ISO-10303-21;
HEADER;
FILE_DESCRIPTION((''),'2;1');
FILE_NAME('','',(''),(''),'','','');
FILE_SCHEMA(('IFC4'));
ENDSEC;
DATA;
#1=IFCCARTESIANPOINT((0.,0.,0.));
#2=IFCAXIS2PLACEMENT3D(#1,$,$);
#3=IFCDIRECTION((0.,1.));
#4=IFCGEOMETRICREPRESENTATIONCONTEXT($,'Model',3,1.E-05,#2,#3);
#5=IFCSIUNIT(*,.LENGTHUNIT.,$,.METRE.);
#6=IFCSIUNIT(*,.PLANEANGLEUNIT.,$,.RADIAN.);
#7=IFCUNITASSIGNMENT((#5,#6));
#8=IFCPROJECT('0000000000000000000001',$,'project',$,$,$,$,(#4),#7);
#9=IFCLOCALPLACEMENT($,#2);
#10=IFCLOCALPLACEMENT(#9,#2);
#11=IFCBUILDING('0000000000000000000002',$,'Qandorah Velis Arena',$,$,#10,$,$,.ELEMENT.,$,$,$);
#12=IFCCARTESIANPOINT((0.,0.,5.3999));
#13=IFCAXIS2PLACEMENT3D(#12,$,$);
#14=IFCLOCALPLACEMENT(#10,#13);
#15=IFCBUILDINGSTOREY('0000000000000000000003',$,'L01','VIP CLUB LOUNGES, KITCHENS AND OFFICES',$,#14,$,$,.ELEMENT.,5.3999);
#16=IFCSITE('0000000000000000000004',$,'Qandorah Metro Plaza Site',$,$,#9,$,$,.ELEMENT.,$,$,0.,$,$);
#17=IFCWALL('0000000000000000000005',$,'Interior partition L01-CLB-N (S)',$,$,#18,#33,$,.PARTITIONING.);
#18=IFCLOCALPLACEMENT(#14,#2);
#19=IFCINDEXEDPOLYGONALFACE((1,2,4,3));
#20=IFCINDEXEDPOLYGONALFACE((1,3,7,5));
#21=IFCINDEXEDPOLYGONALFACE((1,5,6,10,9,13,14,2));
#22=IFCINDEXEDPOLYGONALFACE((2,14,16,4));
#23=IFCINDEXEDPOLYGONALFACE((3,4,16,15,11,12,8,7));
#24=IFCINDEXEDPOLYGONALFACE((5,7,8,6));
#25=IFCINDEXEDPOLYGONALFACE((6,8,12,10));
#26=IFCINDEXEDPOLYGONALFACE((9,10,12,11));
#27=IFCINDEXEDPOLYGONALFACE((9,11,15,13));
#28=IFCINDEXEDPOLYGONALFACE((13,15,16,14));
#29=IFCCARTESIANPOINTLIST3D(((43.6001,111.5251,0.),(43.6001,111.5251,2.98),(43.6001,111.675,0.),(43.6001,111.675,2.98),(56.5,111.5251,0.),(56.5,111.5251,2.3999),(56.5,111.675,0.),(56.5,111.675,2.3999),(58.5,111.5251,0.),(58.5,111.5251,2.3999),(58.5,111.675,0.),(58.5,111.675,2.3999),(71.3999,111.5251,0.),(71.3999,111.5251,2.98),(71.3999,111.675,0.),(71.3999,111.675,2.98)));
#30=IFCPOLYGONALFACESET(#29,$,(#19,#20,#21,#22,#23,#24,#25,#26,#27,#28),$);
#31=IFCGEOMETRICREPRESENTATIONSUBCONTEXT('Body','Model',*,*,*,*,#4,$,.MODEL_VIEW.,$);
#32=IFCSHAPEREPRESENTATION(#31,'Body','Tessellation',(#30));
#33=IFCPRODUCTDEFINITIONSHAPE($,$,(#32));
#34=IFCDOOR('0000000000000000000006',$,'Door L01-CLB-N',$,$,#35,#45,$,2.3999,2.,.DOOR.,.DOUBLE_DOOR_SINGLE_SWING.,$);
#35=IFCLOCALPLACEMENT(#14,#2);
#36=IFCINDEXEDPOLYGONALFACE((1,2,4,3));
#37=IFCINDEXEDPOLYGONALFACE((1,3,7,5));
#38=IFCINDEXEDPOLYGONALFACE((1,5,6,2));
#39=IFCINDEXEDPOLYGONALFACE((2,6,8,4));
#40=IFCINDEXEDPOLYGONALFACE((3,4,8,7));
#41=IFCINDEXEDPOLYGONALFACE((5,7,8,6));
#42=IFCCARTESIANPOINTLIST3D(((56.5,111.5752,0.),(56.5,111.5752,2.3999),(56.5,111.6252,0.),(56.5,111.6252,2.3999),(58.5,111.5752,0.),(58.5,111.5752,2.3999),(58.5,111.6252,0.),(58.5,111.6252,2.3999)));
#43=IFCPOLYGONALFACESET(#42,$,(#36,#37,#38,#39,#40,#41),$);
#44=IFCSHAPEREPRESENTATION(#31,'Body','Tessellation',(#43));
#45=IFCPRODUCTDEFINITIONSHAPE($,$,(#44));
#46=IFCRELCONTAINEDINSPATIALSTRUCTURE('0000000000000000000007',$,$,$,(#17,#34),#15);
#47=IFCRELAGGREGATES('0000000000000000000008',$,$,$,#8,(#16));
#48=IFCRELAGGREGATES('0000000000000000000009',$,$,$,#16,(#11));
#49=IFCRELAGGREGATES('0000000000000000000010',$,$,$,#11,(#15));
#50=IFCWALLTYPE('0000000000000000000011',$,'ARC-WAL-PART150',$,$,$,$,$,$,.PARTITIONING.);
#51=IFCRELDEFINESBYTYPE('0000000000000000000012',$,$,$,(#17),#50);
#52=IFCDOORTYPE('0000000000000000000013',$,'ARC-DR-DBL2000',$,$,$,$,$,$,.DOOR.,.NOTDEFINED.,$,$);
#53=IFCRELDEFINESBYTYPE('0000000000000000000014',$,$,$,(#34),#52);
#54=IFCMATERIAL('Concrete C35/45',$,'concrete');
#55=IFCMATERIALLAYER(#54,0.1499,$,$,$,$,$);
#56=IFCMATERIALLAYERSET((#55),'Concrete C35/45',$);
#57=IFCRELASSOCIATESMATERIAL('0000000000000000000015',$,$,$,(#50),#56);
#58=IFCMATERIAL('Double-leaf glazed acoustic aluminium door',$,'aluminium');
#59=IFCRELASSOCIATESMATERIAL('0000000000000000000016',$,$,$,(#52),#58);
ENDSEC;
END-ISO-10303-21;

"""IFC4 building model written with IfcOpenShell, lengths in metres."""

from ifc_helpers import new_model, si_unit, direction, frame, frame_2d, origin, place, context, subcontext, project, spatial, rectangle, extrude, material, layer, layer_set, type_object, element, fill, save


model = new_model("IFC4")

# Units and contexts
model_context = context("Model", 3, precision=1e-05, world=origin(), true_north=direction((0.0, 1.0)))
body_context = subcontext(model_context, "Body", "Model", "MODEL_VIEW")
ifc_project = project(units=[si_unit("LENGTHUNIT", "METRE"), si_unit("PLANEANGLEUNIT", "RADIAN")], contexts=[model_context])

# Site, building, storey
site_placement = place(None, origin())
site = spatial("IfcSite", under=ifc_project, at=site_placement, Name="Qandorah Metro Plaza Site", CompositionType="ELEMENT", RefElevation=0.0)
building_placement = place(site_placement, origin())
building = spatial("IfcBuilding", under=site, at=building_placement, Name="Qandorah Velis Arena", CompositionType="ELEMENT")
storey_placement = place(building_placement, frame((0.0, 0.0, 5.3999)))
storey = spatial("IfcBuildingStorey", under=building, at=storey_placement, Name="L01", Description="VIP CLUB LOUNGES, KITCHENS AND OFFICES", CompositionType="ELEMENT", Elevation=5.3999)

# Wall, opening, door
ifc_material_1 = material(Name="Concrete C35/45", Category="concrete")
ifc_layer = layer(ifc_material_1, 0.1499)
ifc_layer_set = layer_set([ifc_layer], Name="Concrete C35/45")
wall_type = type_object("IfcWallType", Name="ARC-WAL-PART150", PredefinedType="PARTITIONING", material=ifc_layer_set)
wall_placement = place(storey_placement, frame((43.6001, 111.6001, 0.0), z_axis=(0.0, 0.0, 1.0), x_axis=(1.0, 0.0, 0.0)))
wall = element("IfcWall", 1, at=wall_placement, inside=storey, type_object=wall_type, Name="Interior partition L01-CLB-N (S)", PredefinedType="PARTITIONING", context=body_context, shape_type="SweptSolid", body=[
    extrude(rectangle(XDim=27.7998, YDim=0.1499, at=frame_2d((13.8999, 0.0))), origin(), (0.0, 0.0, 1.0), 2.98),
])
opening_placement = place(wall_placement, frame((12.8999, 0.0, 0.0)))
opening = element("IfcOpeningElement", 2, at=opening_placement, cuts=wall, PredefinedType="OPENING", context=body_context, shape_type="SweptSolid", body=[
    extrude(rectangle(XDim=2.0, YDim=2.3999, at=frame_2d((1.0, 1.2))), frame((0.0, 0.085, 0.0), z_axis=(0.0, -1.0, 0.0), x_axis=(1.0, 0.0, 0.0)), (0.0, 0.0, 1.0), 0.1699),
])
ifc_material_2 = material(Name="Double-leaf glazed acoustic aluminium door", Category="aluminium")
door_type = type_object("IfcDoorType", Name="ARC-DR-DBL2000", OperationType="NOTDEFINED", PredefinedType="DOOR", material=ifc_material_2)
door_placement = place(opening_placement, frame((2.0, 0.0, 0.0), z_axis=(0.0, 0.0, 1.0), x_axis=(-1.0, 0.0, 0.0)))
door = element("IfcDoor", 3, at=door_placement, inside=storey, type_object=door_type, Name="Door L01-CLB-N", OperationType="DOUBLE_DOOR_SINGLE_SWING", OverallHeight=2.3999, OverallWidth=2.0, PredefinedType="DOOR", context=body_context, shape_type="SweptSolid", body=[
    extrude(rectangle(XDim=2.0, YDim=2.3999, at=frame_2d((1.0, 1.2))), frame((0.0, 0.0249, 0.0), z_axis=(0.0, -1.0, 0.0), x_axis=(1.0, 0.0, 0.0)), (0.0, 0.0, 1.0), 0.05),
])
fill(opening, door)

save(model, "model.ifc")
